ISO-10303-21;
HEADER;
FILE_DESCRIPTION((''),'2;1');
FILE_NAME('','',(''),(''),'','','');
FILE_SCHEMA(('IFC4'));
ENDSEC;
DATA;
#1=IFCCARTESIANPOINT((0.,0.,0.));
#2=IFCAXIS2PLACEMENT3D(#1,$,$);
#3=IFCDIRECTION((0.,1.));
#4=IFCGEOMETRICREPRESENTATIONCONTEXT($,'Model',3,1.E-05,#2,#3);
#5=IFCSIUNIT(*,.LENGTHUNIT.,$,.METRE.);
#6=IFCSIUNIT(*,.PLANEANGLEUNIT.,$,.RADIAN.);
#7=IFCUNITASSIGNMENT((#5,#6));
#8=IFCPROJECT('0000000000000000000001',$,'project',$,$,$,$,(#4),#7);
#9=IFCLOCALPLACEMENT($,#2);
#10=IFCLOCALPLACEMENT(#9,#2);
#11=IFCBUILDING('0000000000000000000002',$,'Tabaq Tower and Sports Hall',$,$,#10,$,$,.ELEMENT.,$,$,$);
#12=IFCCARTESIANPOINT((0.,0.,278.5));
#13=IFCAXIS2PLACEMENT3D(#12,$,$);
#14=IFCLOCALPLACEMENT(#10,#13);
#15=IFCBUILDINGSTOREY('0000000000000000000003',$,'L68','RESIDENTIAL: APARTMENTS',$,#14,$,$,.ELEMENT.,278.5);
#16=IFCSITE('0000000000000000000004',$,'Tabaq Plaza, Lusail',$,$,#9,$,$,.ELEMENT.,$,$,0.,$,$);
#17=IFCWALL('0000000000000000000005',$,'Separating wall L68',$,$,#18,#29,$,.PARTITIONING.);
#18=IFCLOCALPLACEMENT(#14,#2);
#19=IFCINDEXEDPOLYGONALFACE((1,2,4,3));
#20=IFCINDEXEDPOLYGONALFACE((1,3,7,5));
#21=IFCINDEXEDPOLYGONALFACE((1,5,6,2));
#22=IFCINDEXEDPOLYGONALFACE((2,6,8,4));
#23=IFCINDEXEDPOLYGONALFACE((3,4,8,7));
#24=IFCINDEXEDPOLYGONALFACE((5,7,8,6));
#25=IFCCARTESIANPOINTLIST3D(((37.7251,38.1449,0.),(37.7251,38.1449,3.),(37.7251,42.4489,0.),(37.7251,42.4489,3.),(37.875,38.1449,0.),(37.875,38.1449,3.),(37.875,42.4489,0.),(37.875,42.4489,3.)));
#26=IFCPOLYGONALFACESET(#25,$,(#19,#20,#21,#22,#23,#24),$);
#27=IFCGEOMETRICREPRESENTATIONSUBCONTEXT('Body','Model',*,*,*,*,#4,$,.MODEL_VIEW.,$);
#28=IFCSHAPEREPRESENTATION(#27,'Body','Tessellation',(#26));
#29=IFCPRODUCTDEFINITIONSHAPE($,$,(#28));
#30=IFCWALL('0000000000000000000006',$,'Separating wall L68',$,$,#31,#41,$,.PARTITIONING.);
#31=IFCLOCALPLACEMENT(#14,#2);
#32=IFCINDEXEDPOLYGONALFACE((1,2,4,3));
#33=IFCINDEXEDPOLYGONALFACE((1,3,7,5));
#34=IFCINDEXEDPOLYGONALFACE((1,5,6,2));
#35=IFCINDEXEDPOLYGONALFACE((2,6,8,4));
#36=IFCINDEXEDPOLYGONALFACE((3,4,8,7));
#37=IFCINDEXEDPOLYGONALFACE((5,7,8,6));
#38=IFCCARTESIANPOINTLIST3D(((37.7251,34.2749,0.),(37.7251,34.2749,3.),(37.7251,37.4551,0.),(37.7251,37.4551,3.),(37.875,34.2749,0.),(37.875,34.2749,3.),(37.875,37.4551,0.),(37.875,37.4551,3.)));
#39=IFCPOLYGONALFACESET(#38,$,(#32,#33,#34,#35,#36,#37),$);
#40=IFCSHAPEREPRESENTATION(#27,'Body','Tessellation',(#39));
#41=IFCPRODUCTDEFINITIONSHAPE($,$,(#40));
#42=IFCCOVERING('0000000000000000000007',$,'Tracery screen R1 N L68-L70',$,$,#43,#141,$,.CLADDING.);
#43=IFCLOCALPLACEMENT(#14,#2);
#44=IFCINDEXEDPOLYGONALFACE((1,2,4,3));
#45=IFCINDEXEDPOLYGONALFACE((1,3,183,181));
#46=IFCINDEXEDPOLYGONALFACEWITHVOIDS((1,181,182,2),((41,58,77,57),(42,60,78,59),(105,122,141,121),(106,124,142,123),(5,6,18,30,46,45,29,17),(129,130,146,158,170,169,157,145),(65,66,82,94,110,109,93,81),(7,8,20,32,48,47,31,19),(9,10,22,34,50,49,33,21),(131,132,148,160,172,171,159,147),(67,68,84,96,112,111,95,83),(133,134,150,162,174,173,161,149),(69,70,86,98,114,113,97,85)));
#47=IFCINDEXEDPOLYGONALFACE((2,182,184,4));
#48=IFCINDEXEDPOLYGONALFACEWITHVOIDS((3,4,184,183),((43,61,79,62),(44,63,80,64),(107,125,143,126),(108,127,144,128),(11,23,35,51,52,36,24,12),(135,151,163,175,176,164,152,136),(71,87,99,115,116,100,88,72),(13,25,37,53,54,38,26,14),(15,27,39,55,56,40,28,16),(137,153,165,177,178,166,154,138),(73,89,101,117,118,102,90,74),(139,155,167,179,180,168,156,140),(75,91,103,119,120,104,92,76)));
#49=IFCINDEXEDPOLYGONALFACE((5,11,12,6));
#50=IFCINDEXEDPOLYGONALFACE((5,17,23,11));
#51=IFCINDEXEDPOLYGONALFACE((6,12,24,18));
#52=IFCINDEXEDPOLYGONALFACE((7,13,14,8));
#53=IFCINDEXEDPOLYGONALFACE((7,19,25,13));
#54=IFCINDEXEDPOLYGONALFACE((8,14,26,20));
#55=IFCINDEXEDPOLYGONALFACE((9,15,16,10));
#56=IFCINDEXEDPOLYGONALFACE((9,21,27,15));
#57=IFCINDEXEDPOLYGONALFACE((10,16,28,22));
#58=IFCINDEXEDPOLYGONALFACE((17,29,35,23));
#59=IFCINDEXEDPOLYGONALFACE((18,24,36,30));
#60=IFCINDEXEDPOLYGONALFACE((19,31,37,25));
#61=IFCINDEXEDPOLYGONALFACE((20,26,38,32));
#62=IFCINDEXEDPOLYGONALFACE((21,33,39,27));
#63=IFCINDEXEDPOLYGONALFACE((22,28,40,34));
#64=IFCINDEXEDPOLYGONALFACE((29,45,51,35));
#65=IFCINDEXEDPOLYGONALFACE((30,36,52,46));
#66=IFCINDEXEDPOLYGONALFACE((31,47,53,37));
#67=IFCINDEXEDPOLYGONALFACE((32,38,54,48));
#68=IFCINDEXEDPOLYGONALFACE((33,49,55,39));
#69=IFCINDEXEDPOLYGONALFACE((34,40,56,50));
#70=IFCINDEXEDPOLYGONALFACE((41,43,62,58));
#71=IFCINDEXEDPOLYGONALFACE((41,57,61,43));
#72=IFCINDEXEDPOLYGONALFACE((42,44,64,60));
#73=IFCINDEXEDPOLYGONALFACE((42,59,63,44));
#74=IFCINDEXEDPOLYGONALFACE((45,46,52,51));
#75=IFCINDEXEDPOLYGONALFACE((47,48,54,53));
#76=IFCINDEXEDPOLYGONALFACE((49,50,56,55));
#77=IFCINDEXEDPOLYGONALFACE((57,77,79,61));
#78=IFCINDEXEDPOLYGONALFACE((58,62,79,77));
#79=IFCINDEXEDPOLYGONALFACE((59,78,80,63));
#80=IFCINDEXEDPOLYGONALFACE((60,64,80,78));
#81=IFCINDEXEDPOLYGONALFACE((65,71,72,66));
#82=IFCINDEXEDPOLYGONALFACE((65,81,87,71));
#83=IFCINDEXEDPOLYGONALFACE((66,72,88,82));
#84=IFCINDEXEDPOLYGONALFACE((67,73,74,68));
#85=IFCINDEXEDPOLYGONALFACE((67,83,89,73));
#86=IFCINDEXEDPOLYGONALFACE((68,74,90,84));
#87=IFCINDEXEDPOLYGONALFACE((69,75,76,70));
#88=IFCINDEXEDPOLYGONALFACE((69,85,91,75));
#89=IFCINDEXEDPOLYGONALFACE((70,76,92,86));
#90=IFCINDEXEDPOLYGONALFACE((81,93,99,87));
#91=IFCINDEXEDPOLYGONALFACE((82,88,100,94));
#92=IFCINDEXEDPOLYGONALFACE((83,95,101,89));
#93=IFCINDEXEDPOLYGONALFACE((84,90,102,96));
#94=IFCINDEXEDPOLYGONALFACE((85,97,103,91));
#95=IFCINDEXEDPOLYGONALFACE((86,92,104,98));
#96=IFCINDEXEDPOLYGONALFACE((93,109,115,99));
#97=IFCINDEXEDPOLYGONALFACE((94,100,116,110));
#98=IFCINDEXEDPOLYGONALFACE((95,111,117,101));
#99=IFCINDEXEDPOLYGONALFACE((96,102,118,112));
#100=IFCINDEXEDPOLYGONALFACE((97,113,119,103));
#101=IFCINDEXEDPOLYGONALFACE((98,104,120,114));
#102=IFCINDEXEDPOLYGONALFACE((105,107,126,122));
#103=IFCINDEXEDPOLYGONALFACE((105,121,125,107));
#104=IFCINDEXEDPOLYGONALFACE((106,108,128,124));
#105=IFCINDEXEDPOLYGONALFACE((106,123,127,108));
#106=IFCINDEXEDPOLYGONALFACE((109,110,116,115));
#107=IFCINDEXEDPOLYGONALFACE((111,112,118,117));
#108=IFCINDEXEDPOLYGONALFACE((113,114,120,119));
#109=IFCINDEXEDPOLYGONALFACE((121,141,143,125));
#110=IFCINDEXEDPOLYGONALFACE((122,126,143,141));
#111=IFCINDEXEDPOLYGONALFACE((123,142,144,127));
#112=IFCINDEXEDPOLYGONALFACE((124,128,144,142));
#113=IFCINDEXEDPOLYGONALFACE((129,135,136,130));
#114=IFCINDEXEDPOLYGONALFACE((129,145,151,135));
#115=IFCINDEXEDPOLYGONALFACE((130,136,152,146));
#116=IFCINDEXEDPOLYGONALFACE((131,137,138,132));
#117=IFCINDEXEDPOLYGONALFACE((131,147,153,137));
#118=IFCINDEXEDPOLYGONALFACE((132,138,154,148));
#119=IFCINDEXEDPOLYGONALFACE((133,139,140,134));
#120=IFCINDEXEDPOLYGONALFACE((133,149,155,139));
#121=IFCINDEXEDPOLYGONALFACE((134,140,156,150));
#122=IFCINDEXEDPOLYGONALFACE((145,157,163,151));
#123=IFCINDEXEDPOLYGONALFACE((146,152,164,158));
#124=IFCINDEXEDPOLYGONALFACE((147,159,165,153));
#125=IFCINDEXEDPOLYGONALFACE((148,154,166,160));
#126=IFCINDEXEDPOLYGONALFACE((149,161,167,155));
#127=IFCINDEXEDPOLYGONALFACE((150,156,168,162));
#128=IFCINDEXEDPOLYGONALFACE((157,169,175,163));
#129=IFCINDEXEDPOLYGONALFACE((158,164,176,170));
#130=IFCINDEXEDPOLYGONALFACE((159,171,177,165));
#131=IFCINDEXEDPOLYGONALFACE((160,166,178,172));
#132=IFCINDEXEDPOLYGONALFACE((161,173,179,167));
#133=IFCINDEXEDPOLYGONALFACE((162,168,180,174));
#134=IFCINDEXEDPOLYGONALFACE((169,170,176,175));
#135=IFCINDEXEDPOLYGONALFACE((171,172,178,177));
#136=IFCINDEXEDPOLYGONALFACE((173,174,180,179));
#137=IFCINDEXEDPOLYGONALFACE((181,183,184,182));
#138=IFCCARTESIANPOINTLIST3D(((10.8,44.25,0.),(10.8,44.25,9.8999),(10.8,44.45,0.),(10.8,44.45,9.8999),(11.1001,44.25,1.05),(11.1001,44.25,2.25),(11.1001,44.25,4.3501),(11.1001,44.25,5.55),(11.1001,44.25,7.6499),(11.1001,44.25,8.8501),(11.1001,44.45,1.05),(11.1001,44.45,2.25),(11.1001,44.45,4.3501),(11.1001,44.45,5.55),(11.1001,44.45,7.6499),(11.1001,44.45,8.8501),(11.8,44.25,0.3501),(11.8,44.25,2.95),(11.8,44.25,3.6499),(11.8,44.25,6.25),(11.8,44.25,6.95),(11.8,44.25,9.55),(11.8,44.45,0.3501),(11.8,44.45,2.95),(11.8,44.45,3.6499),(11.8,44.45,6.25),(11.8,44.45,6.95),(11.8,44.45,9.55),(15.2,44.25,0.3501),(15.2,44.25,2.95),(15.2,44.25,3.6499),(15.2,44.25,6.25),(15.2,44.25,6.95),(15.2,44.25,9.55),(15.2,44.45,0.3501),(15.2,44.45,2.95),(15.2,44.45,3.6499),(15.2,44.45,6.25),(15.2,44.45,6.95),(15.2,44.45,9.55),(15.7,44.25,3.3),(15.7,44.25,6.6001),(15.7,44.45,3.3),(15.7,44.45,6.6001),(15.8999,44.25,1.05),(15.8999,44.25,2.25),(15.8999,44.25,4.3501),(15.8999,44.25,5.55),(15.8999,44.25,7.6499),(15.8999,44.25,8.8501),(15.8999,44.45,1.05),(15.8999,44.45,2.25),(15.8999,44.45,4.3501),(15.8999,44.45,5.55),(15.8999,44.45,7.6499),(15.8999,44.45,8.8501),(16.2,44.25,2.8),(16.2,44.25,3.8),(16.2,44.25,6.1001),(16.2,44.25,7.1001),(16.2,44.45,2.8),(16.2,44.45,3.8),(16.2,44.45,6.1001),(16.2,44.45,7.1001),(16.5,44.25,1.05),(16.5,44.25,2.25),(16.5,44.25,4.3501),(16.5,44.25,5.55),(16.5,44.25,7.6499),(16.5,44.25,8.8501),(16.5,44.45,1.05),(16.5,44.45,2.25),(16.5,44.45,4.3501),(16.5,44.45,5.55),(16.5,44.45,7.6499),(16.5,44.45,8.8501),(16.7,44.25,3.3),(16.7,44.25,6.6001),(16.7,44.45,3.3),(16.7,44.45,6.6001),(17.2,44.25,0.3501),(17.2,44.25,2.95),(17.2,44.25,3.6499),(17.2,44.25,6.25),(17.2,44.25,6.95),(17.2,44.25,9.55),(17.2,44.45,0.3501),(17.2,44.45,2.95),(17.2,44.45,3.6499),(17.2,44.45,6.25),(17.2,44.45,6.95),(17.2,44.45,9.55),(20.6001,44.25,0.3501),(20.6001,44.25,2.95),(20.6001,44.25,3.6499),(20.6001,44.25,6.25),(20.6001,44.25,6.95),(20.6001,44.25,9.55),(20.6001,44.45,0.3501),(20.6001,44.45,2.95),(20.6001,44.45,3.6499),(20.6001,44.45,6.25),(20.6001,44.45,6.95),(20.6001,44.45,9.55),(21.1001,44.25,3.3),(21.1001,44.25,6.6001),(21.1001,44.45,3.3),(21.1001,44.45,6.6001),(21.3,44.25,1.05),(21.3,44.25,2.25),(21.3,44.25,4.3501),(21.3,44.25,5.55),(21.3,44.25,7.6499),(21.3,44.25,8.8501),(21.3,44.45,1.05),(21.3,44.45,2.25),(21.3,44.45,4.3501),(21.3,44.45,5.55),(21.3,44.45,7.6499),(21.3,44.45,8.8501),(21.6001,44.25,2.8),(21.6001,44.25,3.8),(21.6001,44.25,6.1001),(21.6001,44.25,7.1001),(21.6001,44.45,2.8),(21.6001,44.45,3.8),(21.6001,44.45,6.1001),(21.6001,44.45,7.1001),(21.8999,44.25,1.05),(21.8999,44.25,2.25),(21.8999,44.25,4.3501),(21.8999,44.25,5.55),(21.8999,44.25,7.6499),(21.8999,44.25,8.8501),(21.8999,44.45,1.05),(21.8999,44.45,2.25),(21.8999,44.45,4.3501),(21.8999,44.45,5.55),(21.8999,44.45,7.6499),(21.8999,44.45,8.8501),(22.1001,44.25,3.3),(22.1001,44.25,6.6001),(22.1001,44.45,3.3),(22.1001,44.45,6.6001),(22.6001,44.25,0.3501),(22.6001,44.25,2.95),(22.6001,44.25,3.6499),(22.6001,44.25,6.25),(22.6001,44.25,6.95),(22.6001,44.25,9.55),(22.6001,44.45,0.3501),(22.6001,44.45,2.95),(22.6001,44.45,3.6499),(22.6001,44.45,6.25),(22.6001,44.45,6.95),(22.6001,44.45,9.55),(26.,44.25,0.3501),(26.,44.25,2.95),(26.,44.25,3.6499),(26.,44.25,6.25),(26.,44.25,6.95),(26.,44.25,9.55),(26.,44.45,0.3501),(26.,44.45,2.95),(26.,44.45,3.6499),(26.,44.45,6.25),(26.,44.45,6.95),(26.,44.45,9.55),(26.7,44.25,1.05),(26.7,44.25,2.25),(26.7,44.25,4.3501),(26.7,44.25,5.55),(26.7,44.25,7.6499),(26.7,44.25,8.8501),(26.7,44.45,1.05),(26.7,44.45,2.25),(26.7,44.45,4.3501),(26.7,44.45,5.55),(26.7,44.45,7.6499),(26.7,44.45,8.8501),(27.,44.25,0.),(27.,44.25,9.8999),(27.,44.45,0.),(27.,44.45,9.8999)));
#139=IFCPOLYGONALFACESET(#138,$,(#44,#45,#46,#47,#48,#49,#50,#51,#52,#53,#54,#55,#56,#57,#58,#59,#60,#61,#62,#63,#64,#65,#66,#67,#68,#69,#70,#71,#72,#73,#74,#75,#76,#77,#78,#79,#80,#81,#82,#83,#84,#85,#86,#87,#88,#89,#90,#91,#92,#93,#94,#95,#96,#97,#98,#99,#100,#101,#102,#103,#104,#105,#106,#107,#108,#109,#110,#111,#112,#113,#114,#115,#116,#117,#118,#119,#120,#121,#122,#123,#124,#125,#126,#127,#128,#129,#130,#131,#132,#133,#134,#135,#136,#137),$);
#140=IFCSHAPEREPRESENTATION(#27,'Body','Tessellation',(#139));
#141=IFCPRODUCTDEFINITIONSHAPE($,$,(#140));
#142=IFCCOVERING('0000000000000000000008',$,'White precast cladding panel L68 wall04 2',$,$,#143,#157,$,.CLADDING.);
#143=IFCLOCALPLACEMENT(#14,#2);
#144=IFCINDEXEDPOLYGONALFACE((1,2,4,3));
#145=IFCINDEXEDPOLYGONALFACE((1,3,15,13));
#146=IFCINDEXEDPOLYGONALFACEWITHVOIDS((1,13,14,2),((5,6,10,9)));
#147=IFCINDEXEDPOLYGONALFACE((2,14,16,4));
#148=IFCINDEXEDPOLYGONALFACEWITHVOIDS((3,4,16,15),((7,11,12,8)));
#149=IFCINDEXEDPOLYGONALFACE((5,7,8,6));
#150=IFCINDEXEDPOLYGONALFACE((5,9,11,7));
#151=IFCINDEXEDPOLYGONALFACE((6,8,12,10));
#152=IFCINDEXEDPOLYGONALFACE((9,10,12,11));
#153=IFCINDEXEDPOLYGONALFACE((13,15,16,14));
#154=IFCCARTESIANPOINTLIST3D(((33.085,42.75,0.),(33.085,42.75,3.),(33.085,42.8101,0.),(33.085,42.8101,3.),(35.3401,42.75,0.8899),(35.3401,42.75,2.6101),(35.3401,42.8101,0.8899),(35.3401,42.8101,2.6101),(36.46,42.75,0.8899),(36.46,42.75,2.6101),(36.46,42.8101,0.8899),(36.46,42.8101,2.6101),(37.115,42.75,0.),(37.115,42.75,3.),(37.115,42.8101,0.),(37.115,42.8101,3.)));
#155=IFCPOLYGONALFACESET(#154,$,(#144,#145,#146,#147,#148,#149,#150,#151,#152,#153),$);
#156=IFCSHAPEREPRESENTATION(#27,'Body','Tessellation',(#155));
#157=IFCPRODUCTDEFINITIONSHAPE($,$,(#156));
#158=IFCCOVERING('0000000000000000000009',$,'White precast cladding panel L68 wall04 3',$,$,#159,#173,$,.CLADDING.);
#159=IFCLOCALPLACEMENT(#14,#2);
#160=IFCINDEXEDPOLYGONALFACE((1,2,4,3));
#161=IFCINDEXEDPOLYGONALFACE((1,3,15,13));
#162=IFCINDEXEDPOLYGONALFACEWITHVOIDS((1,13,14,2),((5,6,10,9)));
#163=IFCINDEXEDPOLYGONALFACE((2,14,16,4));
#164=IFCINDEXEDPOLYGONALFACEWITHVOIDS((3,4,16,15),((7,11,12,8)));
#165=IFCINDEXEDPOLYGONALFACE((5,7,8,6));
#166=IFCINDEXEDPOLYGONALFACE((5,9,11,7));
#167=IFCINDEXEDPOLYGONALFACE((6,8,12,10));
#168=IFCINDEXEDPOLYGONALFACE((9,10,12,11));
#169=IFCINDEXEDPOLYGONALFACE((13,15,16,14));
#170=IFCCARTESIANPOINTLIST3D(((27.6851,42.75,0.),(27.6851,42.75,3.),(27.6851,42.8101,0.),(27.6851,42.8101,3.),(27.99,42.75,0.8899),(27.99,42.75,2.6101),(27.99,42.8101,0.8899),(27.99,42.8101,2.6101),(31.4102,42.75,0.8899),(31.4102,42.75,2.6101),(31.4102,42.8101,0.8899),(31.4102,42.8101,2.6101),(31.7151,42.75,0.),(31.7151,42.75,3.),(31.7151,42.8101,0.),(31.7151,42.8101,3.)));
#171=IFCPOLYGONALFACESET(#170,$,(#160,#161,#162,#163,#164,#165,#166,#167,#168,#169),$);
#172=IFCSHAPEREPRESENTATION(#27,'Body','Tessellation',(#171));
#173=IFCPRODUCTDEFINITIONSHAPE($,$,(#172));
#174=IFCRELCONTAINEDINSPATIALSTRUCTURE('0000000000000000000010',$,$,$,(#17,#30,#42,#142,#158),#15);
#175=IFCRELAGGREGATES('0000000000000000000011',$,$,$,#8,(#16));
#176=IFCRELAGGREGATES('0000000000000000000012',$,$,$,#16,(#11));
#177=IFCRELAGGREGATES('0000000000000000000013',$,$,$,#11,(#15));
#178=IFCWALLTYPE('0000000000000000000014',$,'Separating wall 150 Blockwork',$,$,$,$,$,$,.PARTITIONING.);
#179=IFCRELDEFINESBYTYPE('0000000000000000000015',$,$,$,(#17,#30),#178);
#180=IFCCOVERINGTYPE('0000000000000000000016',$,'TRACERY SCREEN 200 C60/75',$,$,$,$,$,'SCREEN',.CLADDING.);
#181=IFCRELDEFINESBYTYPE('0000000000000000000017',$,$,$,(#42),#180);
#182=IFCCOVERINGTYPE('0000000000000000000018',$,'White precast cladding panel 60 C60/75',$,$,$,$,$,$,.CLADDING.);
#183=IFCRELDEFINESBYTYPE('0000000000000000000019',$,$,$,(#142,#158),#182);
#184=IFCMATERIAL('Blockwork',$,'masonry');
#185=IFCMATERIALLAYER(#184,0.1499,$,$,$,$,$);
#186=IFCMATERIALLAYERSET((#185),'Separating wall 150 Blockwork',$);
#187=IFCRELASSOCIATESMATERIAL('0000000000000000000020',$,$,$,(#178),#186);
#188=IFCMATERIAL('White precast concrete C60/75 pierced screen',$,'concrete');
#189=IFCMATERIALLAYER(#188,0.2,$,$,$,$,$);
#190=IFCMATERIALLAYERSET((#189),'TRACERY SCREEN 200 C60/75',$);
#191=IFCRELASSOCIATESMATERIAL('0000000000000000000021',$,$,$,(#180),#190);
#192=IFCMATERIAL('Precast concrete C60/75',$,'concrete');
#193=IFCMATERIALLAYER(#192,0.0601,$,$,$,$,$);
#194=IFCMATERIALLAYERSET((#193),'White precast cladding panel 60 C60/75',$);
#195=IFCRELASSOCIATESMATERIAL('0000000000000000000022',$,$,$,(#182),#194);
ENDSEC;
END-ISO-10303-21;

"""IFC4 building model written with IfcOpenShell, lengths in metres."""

from ifc_helpers import new_model, si_unit, direction, frame, frame_2d, origin, place, context, subcontext, project, spatial, polyline, rectangle, outline, extrude, material, layer, layer_set, type_object, element, save


model = new_model("IFC4")

# Units and contexts
model_context = context("Model", 3, precision=1e-05, world=origin(), true_north=direction((0.0, 1.0)))
body_context = subcontext(model_context, "Body", "Model", "MODEL_VIEW")
ifc_project = project(units=[si_unit("LENGTHUNIT", "METRE"), si_unit("PLANEANGLEUNIT", "RADIAN")], contexts=[model_context])

# Site, building, storey
site_placement = place(None, origin())
site = spatial("IfcSite", under=ifc_project, at=site_placement, Name="Tabaq Plaza, Lusail", CompositionType="ELEMENT", RefElevation=0.0)
building_placement = place(site_placement, origin())
building = spatial("IfcBuilding", under=site, at=building_placement, Name="Tabaq Tower and Sports Hall", CompositionType="ELEMENT")
storey_placement = place(building_placement, frame((0.0, 0.0, 278.5)))
storey = spatial("IfcBuildingStorey", under=building, at=storey_placement, Name="L68", Description="RESIDENTIAL: APARTMENTS", CompositionType="ELEMENT", Elevation=278.5)

# Walls
ifc_material_1 = material(Name="Blockwork", Category="masonry")
ifc_layer_1 = layer(ifc_material_1, 0.1499)
ifc_layer_set_1 = layer_set([ifc_layer_1], Name="Separating wall 150 Blockwork")
wall_type_1 = type_object("IfcWallType", Name="Separating wall 150 Blockwork", PredefinedType="PARTITIONING", material=ifc_layer_set_1)
wall_1_placement = place(storey_placement, frame((37.8, 38.145, 0.0), z_axis=(0.0, 0.0, 1.0), x_axis=(0.0, 1.0, 0.0)))
element("IfcWall", 1, at=wall_1_placement, inside=storey, type_object=wall_type_1, Name="Separating wall L68", PredefinedType="PARTITIONING", context=body_context, shape_type="SweptSolid", body=[
    extrude(rectangle(XDim=4.304, YDim=0.1499, at=frame_2d((2.1519, 0.0))), origin(), (0.0, 0.0, 1.0), 3.0),
])
wall_2_placement = place(storey_placement, frame((37.8, 34.2749, 0.0), z_axis=(0.0, 0.0, 1.0), x_axis=(0.0, 1.0, 0.0)))
element("IfcWall", 2, at=wall_2_placement, inside=storey, type_object=wall_type_1, Name="Separating wall L68", PredefinedType="PARTITIONING", context=body_context, shape_type="SweptSolid", body=[
    extrude(rectangle(XDim=3.1802, YDim=0.1499, at=frame_2d((1.5901, 0.0))), origin(), (0.0, 0.0, 1.0), 3.0),
])

# Coverings
ifc_material_2 = material(Name="White precast concrete C60/75 pierced screen", Category="concrete")
ifc_layer_2 = layer(ifc_material_2, 0.2)
ifc_layer_set_2 = layer_set([ifc_layer_2], Name="TRACERY SCREEN 200 C60/75")
covering_type_1 = type_object("IfcCoveringType", Name="TRACERY SCREEN 200 C60/75", ElementType="SCREEN", PredefinedType="CLADDING", material=ifc_layer_set_2)
covering_1_placement = place(storey_placement, frame((27.0, 44.3501, 0.0), z_axis=(0.0, 0.0, 1.0), x_axis=(-1.0, 0.0, 0.0)))
element("IfcCovering", 3, at=covering_1_placement, inside=storey, type_object=covering_type_1, Name="Tracery screen R1 N L68-L70", PredefinedType="CLADDING", context=body_context, shape_type="SweptSolid", body=[
    extrude(outline(polyline([(0.0, 0.0), (16.2, 0.0), (16.2, 9.8999), (0.0, 9.8999), (0.0, 0.0)]), holes=[polyline([(1.0, 0.3501), (4.3999, 0.3501), (5.1001, 1.05), (5.1001, 2.25), (4.3999, 2.95), (1.0, 2.95), (0.3, 2.25), (0.3, 1.05), (1.0, 0.3501)]), polyline([(6.3999, 0.3501), (9.8, 0.3501), (10.5, 1.05), (10.5, 2.25), (9.8, 2.95), (6.3999, 2.95), (5.7, 2.25), (5.7, 1.05), (6.3999, 0.3501)]), polyline([(11.8, 0.3501), (15.2, 0.3501), (15.8999, 1.05), (15.8999, 2.25), (15.2, 2.95), (11.8, 2.95), (11.1001, 2.25), (11.1001, 1.05), (11.8, 0.3501)]), polyline([(1.0, 3.6499), (4.3999, 3.6499), (5.1001, 4.3501), (5.1001, 5.55), (4.3999, 6.25), (1.0, 6.25), (0.3, 5.55), (0.3, 4.3501), (1.0, 3.6499)]), polyline([(6.3999, 3.6499), (9.8, 3.6499), (10.5, 4.3501), (10.5, 5.55), (9.8, 6.25), (6.3999, 6.25), (5.7, 5.55), (5.7, 4.3501), (6.3999, 3.6499)]), polyline([(11.8, 3.6499), (15.2, 3.6499), (15.8999, 4.3501), (15.8999, 5.55), (15.2, 6.25), (11.8, 6.25), (11.1001, 5.55), (11.1001, 4.3501), (11.8, 3.6499)]), polyline([(1.0, 6.95), (4.3999, 6.95), (5.1001, 7.6499), (5.1001, 8.8501), (4.3999, 9.55), (1.0, 9.55), (0.3, 8.8501), (0.3, 7.6499), (1.0, 6.95)]), polyline([(6.3999, 6.95), (9.8, 6.95), (10.5, 7.6499), (10.5, 8.8501), (9.8, 9.55), (6.3999, 9.55), (5.7, 8.8501), (5.7, 7.6499), (6.3999, 6.95)]), polyline([(11.8, 6.95), (15.2, 6.95), (15.8999, 7.6499), (15.8999, 8.8501), (15.2, 9.55), (11.8, 9.55), (11.1001, 8.8501), (11.1001, 7.6499), (11.8, 6.95)]), polyline([(5.8999, 3.3), (5.3999, 3.8), (4.8999, 3.3), (5.3999, 2.8), (5.8999, 3.3)]), polyline([(11.3, 3.3), (10.8, 3.8), (10.3, 3.3), (10.8, 2.8), (11.3, 3.3)]), polyline([(5.8999, 6.6001), (5.3999, 7.1001), (4.8999, 6.6001), (5.3999, 6.1001), (5.8999, 6.6001)]), polyline([(11.3, 6.6001), (10.8, 7.1001), (10.3, 6.6001), (10.8, 6.1001), (11.3, 6.6001)])]), frame((0.0, 0.1001, 0.0), z_axis=(0.0, -1.0, 0.0), x_axis=(1.0, 0.0, 0.0)), (0.0, 0.0, 1.0), 0.2),
])
ifc_material_3 = material(Name="Precast concrete C60/75", Category="concrete")
ifc_layer_3 = layer(ifc_material_3, 0.0601)
ifc_layer_set_3 = layer_set([ifc_layer_3], Name="White precast cladding panel 60 C60/75")
covering_type_2 = type_object("IfcCoveringType", Name="White precast cladding panel 60 C60/75", PredefinedType="CLADDING", material=ifc_layer_set_3)
covering_2_placement = place(storey_placement, frame((37.115, 42.78, 0.0), z_axis=(0.0, 0.0, 1.0), x_axis=(-1.0, 0.0, 0.0)))
element("IfcCovering", 4, at=covering_2_placement, inside=storey, type_object=covering_type_2, Name="White precast cladding panel L68 wall04 2", PredefinedType="CLADDING", context=body_context, shape_type="SweptSolid", body=[
    extrude(outline(polyline([(0.0, 0.0), (4.03, 0.0), (4.03, 3.0), (0.0, 3.0), (0.0, 0.0)]), holes=[polyline([(0.655, 0.8899), (0.655, 2.6101), (1.7749, 2.6101), (1.7749, 0.8899), (0.655, 0.8899)])]), frame((0.0, 0.03, 0.0), z_axis=(0.0, -1.0, 0.0), x_axis=(1.0, 0.0, 0.0)), (0.0, 0.0, 1.0), 0.0601),
])
covering_3_placement = place(storey_placement, frame((31.7151, 42.78, 0.0), z_axis=(0.0, 0.0, 1.0), x_axis=(-1.0, 0.0, 0.0)))
element("IfcCovering", 5, at=covering_3_placement, inside=storey, type_object=covering_type_2, Name="White precast cladding panel L68 wall04 3", PredefinedType="CLADDING", context=body_context, shape_type="SweptSolid", body=[
    extrude(outline(polyline([(0.0, 0.0), (4.03, 0.0), (4.03, 3.0), (0.0, 3.0), (0.0, 0.0)]), holes=[polyline([(0.3049, 0.8899), (0.3049, 2.6101), (3.7251, 2.6101), (3.7251, 0.8899), (0.3049, 0.8899)])]), frame((0.0, 0.03, 0.0), z_axis=(0.0, -1.0, 0.0), x_axis=(1.0, 0.0, 0.0)), (0.0, 0.0, 1.0), 0.0601),
])

save(model, "model.ifc")
